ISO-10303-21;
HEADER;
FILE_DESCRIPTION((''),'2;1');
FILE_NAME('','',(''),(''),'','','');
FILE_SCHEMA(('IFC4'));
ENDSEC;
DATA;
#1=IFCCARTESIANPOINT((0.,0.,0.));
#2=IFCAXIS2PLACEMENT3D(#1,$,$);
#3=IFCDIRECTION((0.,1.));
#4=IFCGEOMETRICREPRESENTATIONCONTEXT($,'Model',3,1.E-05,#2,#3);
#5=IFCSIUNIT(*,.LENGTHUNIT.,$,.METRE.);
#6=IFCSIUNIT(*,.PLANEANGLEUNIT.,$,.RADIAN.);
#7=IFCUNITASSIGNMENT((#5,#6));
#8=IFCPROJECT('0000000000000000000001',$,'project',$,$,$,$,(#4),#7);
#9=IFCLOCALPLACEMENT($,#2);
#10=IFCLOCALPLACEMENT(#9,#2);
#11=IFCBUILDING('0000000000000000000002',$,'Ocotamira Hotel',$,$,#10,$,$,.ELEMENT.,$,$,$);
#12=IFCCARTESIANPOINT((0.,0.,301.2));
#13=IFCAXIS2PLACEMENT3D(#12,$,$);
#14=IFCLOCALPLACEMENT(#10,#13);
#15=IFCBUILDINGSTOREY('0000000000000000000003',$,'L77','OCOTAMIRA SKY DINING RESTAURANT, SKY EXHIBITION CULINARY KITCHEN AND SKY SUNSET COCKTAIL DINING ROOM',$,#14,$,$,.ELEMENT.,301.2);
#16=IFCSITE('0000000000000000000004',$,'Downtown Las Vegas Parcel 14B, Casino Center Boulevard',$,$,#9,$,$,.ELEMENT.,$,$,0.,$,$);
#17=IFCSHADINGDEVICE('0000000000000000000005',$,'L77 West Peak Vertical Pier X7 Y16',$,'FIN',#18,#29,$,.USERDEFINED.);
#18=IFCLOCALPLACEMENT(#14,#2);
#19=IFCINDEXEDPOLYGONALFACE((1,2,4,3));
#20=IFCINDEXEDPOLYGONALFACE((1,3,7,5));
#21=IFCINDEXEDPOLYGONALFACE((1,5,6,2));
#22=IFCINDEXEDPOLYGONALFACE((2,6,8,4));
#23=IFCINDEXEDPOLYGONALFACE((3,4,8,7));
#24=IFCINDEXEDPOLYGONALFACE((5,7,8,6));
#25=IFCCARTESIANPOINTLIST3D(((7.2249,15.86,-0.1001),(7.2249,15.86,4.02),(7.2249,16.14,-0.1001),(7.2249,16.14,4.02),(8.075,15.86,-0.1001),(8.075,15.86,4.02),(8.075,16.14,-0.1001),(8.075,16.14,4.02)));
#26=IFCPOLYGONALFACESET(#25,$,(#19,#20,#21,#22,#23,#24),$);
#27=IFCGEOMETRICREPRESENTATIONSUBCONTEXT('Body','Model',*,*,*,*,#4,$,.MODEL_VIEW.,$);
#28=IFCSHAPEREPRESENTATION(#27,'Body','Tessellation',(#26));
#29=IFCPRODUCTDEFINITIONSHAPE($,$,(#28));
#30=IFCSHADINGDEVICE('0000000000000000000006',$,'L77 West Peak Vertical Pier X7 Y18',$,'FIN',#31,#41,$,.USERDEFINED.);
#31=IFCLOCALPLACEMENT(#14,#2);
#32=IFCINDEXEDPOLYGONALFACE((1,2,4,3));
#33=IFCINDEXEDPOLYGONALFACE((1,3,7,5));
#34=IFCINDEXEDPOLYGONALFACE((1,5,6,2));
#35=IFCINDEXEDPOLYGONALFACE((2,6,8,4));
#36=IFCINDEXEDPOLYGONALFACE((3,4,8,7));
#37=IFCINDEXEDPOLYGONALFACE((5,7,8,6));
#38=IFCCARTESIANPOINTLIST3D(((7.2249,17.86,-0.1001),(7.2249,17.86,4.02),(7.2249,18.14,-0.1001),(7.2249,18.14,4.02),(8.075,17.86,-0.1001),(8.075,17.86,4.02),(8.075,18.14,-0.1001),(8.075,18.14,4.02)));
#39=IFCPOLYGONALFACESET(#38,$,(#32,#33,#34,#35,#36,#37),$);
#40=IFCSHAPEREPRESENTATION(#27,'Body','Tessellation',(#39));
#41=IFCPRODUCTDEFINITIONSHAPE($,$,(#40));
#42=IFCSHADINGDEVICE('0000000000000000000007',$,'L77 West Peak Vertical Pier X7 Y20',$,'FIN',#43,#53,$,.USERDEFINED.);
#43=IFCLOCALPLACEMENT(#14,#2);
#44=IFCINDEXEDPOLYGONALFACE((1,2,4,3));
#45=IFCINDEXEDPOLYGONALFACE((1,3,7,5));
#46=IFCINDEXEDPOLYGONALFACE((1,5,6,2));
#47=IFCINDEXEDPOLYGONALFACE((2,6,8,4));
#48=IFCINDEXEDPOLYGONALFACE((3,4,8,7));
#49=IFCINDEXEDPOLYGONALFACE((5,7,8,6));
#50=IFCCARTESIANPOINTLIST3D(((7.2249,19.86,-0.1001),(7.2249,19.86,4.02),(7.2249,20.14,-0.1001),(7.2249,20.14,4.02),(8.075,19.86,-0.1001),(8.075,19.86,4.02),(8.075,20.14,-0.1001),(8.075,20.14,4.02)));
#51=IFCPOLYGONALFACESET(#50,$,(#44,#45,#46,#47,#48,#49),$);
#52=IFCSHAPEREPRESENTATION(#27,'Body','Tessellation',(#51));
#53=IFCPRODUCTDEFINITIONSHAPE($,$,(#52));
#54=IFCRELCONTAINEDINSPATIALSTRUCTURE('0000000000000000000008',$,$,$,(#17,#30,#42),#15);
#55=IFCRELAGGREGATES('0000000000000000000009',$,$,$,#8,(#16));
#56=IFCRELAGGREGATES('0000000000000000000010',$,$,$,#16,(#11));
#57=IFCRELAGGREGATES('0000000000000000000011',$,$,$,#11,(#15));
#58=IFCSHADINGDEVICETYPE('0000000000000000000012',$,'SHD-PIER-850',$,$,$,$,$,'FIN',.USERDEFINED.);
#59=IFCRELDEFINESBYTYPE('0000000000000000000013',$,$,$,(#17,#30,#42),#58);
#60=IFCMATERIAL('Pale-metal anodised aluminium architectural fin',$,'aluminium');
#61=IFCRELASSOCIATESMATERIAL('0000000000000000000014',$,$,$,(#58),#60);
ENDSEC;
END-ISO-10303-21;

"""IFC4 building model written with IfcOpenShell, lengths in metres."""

from ifc_helpers import new_model, si_unit, direction, frame, origin, origin_2d, place, context, subcontext, project, spatial, rectangle, extrude, source, transform, mapped, material, type_object, element, save


model = new_model("IFC4")

# Units and contexts
model_context = context("Model", 3, precision=1e-05, world=origin(), true_north=direction((0.0, 1.0)))
body_context = subcontext(model_context, "Body", "Model", "MODEL_VIEW")
ifc_project = project(units=[si_unit("LENGTHUNIT", "METRE"), si_unit("PLANEANGLEUNIT", "RADIAN")], contexts=[model_context])

# Site, building, storey
site_placement = place(None, origin())
site = spatial("IfcSite", under=ifc_project, at=site_placement, Name="Downtown Las Vegas Parcel 14B, Casino Center Boulevard", CompositionType="ELEMENT", RefElevation=0.0)
building_placement = place(site_placement, origin())
building = spatial("IfcBuilding", under=site, at=building_placement, Name="Ocotamira Hotel", CompositionType="ELEMENT")
storey_placement = place(building_placement, frame((0.0, 0.0, 301.2)))
storey = spatial("IfcBuildingStorey", under=building, at=storey_placement, Name="L77", Description="OCOTAMIRA SKY DINING RESTAURANT, SKY EXHIBITION CULINARY KITCHEN AND SKY SUNSET COCKTAIL DINING ROOM", CompositionType="ELEMENT", Elevation=301.2)

# Shading devices
ifc_material_1 = material(Name="Pale-metal anodised aluminium architectural fin", Category="aluminium")
shading_device_type = type_object("IfcShadingDeviceType", Name="SHD-PIER-850", ElementType="FIN", PredefinedType="USERDEFINED", material=ifc_material_1)
shared_shape_1 = source(origin(), body_context, "Body", "SweptSolid", [
    extrude(rectangle(XDim=0.8501, YDim=0.28, at=origin_2d()), origin(), (0.0, 0.0, 1.0), 4.1201),
])
for number, where, z_axis, x_axis, name in (
    (1, (7.6499, 16.0, -0.1001), (0.0, 0.0, 1.0), (1.0, 0.0, 0.0), "L77 West Peak Vertical Pier X7 Y16"),
    (2, (7.6499, 18.0, -0.1001), (0.0, 0.0, 1.0), (1.0, 0.0, 0.0), "L77 West Peak Vertical Pier X7 Y18"),
    (3, (7.6499, 20.0, -0.1001), (0.0, 0.0, 1.0), (1.0, 0.0, 0.0), "L77 West Peak Vertical Pier X7 Y20"),
):
    element("IfcShadingDevice", number, at=place(storey_placement, frame(where, z_axis=z_axis, x_axis=x_axis)), inside=storey, type_object=shading_device_type, Name=name, ObjectType="FIN", PredefinedType="USERDEFINED", context=body_context, shape_type="MappedRepresentation", body=[
        mapped(shared_shape_1, transform((0.0, 0.0, 0.0), scale=1.0)),
    ])

save(model, "model.ifc")
